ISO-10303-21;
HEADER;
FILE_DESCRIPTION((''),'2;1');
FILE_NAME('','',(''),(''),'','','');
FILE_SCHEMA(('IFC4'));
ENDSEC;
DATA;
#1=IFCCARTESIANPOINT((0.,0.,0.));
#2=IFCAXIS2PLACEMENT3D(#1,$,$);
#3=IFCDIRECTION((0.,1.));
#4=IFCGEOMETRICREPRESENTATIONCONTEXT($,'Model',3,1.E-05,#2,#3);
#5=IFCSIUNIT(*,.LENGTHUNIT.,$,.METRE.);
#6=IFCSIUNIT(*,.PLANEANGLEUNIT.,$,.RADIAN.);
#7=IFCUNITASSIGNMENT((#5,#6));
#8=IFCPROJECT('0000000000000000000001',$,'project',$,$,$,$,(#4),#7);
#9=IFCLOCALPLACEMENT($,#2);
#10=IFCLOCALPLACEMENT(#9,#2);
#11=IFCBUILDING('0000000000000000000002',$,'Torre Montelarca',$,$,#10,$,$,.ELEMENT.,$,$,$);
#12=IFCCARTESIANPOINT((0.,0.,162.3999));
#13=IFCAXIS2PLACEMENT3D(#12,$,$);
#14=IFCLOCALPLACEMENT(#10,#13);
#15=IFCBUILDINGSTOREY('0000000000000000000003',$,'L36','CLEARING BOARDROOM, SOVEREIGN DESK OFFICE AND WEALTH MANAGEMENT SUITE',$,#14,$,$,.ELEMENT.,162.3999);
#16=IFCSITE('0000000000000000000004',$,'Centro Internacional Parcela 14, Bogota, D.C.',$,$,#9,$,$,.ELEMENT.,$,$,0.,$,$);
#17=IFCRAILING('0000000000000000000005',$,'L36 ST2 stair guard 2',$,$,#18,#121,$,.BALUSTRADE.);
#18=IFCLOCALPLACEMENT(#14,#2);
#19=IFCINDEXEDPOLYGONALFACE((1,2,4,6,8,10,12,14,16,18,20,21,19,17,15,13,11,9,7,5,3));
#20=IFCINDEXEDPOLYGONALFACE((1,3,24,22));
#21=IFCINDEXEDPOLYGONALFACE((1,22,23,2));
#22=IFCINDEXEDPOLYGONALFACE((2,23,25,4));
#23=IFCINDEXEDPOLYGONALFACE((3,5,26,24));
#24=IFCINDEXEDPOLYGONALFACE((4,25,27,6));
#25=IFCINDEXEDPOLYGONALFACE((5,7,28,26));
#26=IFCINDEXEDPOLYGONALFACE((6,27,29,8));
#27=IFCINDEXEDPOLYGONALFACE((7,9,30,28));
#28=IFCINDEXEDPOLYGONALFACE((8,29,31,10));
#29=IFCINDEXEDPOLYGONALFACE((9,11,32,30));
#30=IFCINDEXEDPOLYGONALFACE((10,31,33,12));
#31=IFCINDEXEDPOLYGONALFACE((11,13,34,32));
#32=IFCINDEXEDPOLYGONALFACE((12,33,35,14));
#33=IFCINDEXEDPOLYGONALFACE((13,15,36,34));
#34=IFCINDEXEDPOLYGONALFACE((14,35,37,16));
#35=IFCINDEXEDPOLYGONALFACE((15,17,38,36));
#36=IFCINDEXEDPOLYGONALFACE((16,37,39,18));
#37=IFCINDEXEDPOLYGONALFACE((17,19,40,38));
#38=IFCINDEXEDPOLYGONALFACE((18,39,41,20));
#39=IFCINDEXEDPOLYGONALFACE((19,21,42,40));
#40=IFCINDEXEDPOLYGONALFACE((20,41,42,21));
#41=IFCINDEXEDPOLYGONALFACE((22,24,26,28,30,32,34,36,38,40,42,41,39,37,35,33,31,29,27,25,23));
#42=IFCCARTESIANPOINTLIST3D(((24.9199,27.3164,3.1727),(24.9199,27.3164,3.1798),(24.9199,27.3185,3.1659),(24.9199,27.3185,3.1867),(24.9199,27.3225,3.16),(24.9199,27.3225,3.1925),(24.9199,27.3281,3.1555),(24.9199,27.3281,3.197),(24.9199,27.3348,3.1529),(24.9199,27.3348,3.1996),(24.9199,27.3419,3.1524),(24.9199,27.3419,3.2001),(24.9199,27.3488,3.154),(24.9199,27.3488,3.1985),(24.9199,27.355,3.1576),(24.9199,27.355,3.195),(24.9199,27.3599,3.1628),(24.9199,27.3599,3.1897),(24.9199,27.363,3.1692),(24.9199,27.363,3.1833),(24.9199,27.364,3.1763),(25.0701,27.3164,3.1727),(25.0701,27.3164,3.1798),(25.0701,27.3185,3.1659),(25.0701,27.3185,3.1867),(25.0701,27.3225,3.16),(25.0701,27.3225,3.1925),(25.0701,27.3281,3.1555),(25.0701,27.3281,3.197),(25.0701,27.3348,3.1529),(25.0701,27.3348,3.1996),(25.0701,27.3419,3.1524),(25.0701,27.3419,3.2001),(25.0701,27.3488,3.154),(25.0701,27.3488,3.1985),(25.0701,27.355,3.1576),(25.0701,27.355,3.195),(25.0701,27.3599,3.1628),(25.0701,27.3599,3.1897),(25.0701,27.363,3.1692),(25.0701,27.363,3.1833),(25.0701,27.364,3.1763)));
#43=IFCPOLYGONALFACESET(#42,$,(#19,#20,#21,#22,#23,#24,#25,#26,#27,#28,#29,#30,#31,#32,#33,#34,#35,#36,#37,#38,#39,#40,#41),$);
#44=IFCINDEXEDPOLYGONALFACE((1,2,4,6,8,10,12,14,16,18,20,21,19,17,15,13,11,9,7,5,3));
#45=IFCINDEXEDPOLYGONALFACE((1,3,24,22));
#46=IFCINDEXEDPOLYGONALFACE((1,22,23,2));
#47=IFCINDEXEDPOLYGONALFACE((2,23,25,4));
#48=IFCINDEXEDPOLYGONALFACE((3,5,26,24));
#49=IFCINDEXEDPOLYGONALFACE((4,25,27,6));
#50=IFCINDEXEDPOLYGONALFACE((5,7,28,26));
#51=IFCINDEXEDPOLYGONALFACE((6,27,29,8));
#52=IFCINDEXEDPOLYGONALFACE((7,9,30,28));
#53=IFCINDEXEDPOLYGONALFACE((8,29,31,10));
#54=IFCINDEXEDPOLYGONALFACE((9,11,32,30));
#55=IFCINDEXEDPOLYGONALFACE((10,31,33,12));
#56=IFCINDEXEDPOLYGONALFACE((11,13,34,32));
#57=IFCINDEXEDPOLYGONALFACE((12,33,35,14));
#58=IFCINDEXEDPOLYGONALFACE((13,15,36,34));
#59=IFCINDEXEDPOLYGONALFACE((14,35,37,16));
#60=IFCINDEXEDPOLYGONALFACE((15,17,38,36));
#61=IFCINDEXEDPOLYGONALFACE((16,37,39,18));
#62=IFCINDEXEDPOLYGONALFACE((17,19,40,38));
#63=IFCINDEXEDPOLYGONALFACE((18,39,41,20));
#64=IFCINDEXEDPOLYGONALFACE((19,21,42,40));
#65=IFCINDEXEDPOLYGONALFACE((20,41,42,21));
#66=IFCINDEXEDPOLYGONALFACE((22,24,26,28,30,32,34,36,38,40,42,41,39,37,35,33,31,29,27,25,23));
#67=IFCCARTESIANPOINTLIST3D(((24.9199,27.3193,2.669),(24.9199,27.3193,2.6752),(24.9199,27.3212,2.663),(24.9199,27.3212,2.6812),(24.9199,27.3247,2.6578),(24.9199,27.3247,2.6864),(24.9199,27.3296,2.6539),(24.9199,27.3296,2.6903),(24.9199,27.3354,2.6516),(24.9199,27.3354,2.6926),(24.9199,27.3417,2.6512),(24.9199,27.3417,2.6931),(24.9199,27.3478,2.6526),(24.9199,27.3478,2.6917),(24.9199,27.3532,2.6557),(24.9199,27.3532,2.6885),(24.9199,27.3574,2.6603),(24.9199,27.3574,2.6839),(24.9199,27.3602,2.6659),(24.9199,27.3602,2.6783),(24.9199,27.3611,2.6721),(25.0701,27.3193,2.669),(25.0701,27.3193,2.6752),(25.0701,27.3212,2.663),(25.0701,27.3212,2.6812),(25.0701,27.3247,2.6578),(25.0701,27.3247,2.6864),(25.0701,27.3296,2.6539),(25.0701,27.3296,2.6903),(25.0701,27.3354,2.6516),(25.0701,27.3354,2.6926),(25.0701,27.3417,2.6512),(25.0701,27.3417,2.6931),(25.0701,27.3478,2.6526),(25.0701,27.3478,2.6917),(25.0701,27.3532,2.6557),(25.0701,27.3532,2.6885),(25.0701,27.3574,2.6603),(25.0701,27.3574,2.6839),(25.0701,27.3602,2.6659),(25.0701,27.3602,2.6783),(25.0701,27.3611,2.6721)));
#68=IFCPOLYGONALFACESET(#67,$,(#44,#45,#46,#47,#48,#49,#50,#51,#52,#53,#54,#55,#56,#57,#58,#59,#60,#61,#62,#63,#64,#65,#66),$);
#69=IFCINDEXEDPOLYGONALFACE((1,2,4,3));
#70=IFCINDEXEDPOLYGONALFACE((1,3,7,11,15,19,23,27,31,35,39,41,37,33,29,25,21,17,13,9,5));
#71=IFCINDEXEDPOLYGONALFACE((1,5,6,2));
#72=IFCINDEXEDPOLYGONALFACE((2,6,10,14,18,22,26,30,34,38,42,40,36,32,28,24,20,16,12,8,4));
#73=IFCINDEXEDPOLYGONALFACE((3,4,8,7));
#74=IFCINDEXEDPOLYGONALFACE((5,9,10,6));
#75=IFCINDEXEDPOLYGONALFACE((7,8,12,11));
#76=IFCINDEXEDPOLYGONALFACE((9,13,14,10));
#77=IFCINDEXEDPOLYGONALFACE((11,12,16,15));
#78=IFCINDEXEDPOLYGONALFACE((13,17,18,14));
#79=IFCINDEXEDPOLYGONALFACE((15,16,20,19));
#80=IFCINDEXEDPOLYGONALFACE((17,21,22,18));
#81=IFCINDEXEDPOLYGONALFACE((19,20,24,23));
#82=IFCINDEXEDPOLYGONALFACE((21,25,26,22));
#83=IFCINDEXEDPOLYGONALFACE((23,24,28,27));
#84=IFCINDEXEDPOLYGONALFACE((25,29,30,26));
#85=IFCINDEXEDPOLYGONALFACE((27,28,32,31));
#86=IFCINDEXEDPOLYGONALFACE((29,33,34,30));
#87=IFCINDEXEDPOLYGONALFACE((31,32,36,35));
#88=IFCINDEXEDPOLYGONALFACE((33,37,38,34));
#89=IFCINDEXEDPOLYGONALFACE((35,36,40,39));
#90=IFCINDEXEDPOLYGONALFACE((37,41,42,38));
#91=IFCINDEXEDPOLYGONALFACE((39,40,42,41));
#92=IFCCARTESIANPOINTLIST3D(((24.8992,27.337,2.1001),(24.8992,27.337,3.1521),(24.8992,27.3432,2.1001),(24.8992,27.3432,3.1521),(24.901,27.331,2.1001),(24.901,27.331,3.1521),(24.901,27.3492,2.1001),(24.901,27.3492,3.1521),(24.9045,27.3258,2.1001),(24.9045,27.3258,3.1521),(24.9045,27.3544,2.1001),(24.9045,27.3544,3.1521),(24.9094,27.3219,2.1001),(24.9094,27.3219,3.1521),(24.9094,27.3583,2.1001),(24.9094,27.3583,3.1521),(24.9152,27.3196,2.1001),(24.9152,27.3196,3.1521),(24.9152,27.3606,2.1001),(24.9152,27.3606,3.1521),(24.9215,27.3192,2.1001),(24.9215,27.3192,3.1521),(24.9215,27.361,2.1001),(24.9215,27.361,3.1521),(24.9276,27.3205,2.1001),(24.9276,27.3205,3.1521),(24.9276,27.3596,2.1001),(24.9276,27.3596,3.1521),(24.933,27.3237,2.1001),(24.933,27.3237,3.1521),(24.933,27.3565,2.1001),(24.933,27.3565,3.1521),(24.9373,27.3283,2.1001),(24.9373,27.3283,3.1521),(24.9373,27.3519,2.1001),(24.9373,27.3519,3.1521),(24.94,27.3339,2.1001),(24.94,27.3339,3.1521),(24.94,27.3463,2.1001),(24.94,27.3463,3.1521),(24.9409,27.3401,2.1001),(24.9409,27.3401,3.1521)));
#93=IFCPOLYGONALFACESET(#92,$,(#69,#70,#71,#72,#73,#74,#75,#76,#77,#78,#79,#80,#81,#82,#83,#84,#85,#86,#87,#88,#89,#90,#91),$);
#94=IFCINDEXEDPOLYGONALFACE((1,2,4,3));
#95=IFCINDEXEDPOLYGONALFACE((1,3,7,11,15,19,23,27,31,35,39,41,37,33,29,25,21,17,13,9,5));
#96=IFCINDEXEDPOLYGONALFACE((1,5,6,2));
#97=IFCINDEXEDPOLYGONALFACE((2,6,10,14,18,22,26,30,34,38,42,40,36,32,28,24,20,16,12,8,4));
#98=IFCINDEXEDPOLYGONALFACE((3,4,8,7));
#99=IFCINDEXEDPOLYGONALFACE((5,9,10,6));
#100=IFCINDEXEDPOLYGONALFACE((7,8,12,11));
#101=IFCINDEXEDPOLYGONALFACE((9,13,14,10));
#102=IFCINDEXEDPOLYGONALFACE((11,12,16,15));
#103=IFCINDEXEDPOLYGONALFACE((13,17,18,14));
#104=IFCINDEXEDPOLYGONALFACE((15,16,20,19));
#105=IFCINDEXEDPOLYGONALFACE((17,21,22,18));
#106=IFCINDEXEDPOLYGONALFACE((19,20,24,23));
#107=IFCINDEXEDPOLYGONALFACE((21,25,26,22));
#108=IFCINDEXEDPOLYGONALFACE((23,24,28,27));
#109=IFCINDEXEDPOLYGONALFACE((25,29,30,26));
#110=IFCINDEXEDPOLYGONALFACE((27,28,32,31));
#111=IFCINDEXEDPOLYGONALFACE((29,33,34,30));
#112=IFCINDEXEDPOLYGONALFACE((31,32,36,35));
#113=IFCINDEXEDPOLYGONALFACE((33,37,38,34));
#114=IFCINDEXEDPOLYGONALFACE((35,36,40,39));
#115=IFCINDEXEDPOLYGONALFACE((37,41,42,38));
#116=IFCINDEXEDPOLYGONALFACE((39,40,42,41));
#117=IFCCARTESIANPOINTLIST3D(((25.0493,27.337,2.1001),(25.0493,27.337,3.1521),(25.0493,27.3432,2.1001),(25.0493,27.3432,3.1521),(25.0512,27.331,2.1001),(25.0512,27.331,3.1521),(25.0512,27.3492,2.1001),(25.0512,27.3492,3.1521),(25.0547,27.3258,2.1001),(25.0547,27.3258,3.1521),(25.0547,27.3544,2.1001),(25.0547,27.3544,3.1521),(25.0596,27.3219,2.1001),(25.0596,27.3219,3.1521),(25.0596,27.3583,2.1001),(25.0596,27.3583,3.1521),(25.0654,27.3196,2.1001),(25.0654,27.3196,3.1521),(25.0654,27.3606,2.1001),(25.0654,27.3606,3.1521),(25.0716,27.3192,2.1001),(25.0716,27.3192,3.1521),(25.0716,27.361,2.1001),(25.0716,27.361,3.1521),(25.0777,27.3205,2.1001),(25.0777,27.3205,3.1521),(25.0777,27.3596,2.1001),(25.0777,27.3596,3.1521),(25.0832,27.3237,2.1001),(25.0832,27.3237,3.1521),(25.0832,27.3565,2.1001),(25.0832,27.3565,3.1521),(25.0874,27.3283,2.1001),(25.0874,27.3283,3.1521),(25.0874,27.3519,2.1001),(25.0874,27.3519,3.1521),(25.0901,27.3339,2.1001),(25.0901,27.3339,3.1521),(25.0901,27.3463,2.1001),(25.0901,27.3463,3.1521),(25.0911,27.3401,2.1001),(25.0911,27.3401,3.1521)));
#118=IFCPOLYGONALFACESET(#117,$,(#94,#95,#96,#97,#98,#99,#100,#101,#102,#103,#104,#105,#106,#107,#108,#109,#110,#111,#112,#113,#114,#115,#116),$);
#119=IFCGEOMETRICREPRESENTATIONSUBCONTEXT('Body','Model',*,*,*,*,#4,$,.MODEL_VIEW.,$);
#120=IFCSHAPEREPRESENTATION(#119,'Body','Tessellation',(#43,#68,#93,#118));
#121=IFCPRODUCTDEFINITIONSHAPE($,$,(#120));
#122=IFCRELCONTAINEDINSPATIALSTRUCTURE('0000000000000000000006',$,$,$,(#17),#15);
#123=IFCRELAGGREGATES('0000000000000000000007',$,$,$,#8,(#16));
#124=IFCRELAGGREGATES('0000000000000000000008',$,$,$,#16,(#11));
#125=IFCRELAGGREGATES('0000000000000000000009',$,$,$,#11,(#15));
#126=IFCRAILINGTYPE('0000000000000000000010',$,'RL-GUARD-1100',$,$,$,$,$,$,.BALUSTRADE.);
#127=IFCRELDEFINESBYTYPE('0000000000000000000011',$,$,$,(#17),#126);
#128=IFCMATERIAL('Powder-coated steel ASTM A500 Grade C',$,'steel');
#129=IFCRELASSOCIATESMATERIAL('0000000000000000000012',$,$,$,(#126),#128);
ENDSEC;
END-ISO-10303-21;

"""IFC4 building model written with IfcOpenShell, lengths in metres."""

from ifc_helpers import new_model, si_unit, direction, frame, origin, origin_2d, place, context, subcontext, project, spatial, circle, extrude, material, type_object, element, save


model = new_model("IFC4")

# Units and contexts
model_context = context("Model", 3, precision=1e-05, world=origin(), true_north=direction((0.0, 1.0)))
body_context = subcontext(model_context, "Body", "Model", "MODEL_VIEW")
ifc_project = project(units=[si_unit("LENGTHUNIT", "METRE"), si_unit("PLANEANGLEUNIT", "RADIAN")], contexts=[model_context])

# Site, building, storey
site_placement = place(None, origin())
site = spatial("IfcSite", under=ifc_project, at=site_placement, Name="Centro Internacional Parcela 14, Bogota, D.C.", CompositionType="ELEMENT", RefElevation=0.0)
building_placement = place(site_placement, origin())
building = spatial("IfcBuilding", under=site, at=building_placement, Name="Torre Montelarca", CompositionType="ELEMENT")
storey_placement = place(building_placement, frame((0.0, 0.0, 162.3999)))
storey = spatial("IfcBuildingStorey", under=building, at=storey_placement, Name="L36", Description="CLEARING BOARDROOM, SOVEREIGN DESK OFFICE AND WEALTH MANAGEMENT SUITE", CompositionType="ELEMENT", Elevation=162.3999)

# Railing
ifc_material_1 = material(Name="Powder-coated steel ASTM A500 Grade C", Category="steel")
railing_type_1 = type_object("IfcRailingType", Name="RL-GUARD-1100", PredefinedType="BALUSTRADE", material=ifc_material_1)
railing_1_placement = place(storey_placement, frame((24.9199, 27.3401, 2.1001)))
element("IfcRailing", 1, at=railing_1_placement, inside=storey, type_object=railing_type_1, Name="L36 ST2 stair guard 2", PredefinedType="BALUSTRADE", context=body_context, shape_type="SweptSolid", body=[
    extrude(circle(Radius=0.0239, at=origin_2d()), frame((0.0, 0.0, 1.0762), z_axis=(1.0, 0.0, 0.0), x_axis=(0.0, 1.0, 0.0)), (0.0, 0.0, 1.0), 0.1501),
    extrude(circle(Radius=0.021, at=origin_2d()), frame((0.0, 0.0, 0.572), z_axis=(1.0, 0.0, 0.0), x_axis=(0.0, 1.0, 0.0)), (0.0, 0.0, 1.0), 0.1501),
    extrude(circle(Radius=0.021, at=origin_2d()), origin(), (0.0, 0.0, 1.0), 1.052),
    extrude(circle(Radius=0.021, at=origin_2d()), frame((0.1501, 0.0, 0.0)), (0.0, 0.0, 1.0), 1.052),
])

save(model, "model.ifc")
